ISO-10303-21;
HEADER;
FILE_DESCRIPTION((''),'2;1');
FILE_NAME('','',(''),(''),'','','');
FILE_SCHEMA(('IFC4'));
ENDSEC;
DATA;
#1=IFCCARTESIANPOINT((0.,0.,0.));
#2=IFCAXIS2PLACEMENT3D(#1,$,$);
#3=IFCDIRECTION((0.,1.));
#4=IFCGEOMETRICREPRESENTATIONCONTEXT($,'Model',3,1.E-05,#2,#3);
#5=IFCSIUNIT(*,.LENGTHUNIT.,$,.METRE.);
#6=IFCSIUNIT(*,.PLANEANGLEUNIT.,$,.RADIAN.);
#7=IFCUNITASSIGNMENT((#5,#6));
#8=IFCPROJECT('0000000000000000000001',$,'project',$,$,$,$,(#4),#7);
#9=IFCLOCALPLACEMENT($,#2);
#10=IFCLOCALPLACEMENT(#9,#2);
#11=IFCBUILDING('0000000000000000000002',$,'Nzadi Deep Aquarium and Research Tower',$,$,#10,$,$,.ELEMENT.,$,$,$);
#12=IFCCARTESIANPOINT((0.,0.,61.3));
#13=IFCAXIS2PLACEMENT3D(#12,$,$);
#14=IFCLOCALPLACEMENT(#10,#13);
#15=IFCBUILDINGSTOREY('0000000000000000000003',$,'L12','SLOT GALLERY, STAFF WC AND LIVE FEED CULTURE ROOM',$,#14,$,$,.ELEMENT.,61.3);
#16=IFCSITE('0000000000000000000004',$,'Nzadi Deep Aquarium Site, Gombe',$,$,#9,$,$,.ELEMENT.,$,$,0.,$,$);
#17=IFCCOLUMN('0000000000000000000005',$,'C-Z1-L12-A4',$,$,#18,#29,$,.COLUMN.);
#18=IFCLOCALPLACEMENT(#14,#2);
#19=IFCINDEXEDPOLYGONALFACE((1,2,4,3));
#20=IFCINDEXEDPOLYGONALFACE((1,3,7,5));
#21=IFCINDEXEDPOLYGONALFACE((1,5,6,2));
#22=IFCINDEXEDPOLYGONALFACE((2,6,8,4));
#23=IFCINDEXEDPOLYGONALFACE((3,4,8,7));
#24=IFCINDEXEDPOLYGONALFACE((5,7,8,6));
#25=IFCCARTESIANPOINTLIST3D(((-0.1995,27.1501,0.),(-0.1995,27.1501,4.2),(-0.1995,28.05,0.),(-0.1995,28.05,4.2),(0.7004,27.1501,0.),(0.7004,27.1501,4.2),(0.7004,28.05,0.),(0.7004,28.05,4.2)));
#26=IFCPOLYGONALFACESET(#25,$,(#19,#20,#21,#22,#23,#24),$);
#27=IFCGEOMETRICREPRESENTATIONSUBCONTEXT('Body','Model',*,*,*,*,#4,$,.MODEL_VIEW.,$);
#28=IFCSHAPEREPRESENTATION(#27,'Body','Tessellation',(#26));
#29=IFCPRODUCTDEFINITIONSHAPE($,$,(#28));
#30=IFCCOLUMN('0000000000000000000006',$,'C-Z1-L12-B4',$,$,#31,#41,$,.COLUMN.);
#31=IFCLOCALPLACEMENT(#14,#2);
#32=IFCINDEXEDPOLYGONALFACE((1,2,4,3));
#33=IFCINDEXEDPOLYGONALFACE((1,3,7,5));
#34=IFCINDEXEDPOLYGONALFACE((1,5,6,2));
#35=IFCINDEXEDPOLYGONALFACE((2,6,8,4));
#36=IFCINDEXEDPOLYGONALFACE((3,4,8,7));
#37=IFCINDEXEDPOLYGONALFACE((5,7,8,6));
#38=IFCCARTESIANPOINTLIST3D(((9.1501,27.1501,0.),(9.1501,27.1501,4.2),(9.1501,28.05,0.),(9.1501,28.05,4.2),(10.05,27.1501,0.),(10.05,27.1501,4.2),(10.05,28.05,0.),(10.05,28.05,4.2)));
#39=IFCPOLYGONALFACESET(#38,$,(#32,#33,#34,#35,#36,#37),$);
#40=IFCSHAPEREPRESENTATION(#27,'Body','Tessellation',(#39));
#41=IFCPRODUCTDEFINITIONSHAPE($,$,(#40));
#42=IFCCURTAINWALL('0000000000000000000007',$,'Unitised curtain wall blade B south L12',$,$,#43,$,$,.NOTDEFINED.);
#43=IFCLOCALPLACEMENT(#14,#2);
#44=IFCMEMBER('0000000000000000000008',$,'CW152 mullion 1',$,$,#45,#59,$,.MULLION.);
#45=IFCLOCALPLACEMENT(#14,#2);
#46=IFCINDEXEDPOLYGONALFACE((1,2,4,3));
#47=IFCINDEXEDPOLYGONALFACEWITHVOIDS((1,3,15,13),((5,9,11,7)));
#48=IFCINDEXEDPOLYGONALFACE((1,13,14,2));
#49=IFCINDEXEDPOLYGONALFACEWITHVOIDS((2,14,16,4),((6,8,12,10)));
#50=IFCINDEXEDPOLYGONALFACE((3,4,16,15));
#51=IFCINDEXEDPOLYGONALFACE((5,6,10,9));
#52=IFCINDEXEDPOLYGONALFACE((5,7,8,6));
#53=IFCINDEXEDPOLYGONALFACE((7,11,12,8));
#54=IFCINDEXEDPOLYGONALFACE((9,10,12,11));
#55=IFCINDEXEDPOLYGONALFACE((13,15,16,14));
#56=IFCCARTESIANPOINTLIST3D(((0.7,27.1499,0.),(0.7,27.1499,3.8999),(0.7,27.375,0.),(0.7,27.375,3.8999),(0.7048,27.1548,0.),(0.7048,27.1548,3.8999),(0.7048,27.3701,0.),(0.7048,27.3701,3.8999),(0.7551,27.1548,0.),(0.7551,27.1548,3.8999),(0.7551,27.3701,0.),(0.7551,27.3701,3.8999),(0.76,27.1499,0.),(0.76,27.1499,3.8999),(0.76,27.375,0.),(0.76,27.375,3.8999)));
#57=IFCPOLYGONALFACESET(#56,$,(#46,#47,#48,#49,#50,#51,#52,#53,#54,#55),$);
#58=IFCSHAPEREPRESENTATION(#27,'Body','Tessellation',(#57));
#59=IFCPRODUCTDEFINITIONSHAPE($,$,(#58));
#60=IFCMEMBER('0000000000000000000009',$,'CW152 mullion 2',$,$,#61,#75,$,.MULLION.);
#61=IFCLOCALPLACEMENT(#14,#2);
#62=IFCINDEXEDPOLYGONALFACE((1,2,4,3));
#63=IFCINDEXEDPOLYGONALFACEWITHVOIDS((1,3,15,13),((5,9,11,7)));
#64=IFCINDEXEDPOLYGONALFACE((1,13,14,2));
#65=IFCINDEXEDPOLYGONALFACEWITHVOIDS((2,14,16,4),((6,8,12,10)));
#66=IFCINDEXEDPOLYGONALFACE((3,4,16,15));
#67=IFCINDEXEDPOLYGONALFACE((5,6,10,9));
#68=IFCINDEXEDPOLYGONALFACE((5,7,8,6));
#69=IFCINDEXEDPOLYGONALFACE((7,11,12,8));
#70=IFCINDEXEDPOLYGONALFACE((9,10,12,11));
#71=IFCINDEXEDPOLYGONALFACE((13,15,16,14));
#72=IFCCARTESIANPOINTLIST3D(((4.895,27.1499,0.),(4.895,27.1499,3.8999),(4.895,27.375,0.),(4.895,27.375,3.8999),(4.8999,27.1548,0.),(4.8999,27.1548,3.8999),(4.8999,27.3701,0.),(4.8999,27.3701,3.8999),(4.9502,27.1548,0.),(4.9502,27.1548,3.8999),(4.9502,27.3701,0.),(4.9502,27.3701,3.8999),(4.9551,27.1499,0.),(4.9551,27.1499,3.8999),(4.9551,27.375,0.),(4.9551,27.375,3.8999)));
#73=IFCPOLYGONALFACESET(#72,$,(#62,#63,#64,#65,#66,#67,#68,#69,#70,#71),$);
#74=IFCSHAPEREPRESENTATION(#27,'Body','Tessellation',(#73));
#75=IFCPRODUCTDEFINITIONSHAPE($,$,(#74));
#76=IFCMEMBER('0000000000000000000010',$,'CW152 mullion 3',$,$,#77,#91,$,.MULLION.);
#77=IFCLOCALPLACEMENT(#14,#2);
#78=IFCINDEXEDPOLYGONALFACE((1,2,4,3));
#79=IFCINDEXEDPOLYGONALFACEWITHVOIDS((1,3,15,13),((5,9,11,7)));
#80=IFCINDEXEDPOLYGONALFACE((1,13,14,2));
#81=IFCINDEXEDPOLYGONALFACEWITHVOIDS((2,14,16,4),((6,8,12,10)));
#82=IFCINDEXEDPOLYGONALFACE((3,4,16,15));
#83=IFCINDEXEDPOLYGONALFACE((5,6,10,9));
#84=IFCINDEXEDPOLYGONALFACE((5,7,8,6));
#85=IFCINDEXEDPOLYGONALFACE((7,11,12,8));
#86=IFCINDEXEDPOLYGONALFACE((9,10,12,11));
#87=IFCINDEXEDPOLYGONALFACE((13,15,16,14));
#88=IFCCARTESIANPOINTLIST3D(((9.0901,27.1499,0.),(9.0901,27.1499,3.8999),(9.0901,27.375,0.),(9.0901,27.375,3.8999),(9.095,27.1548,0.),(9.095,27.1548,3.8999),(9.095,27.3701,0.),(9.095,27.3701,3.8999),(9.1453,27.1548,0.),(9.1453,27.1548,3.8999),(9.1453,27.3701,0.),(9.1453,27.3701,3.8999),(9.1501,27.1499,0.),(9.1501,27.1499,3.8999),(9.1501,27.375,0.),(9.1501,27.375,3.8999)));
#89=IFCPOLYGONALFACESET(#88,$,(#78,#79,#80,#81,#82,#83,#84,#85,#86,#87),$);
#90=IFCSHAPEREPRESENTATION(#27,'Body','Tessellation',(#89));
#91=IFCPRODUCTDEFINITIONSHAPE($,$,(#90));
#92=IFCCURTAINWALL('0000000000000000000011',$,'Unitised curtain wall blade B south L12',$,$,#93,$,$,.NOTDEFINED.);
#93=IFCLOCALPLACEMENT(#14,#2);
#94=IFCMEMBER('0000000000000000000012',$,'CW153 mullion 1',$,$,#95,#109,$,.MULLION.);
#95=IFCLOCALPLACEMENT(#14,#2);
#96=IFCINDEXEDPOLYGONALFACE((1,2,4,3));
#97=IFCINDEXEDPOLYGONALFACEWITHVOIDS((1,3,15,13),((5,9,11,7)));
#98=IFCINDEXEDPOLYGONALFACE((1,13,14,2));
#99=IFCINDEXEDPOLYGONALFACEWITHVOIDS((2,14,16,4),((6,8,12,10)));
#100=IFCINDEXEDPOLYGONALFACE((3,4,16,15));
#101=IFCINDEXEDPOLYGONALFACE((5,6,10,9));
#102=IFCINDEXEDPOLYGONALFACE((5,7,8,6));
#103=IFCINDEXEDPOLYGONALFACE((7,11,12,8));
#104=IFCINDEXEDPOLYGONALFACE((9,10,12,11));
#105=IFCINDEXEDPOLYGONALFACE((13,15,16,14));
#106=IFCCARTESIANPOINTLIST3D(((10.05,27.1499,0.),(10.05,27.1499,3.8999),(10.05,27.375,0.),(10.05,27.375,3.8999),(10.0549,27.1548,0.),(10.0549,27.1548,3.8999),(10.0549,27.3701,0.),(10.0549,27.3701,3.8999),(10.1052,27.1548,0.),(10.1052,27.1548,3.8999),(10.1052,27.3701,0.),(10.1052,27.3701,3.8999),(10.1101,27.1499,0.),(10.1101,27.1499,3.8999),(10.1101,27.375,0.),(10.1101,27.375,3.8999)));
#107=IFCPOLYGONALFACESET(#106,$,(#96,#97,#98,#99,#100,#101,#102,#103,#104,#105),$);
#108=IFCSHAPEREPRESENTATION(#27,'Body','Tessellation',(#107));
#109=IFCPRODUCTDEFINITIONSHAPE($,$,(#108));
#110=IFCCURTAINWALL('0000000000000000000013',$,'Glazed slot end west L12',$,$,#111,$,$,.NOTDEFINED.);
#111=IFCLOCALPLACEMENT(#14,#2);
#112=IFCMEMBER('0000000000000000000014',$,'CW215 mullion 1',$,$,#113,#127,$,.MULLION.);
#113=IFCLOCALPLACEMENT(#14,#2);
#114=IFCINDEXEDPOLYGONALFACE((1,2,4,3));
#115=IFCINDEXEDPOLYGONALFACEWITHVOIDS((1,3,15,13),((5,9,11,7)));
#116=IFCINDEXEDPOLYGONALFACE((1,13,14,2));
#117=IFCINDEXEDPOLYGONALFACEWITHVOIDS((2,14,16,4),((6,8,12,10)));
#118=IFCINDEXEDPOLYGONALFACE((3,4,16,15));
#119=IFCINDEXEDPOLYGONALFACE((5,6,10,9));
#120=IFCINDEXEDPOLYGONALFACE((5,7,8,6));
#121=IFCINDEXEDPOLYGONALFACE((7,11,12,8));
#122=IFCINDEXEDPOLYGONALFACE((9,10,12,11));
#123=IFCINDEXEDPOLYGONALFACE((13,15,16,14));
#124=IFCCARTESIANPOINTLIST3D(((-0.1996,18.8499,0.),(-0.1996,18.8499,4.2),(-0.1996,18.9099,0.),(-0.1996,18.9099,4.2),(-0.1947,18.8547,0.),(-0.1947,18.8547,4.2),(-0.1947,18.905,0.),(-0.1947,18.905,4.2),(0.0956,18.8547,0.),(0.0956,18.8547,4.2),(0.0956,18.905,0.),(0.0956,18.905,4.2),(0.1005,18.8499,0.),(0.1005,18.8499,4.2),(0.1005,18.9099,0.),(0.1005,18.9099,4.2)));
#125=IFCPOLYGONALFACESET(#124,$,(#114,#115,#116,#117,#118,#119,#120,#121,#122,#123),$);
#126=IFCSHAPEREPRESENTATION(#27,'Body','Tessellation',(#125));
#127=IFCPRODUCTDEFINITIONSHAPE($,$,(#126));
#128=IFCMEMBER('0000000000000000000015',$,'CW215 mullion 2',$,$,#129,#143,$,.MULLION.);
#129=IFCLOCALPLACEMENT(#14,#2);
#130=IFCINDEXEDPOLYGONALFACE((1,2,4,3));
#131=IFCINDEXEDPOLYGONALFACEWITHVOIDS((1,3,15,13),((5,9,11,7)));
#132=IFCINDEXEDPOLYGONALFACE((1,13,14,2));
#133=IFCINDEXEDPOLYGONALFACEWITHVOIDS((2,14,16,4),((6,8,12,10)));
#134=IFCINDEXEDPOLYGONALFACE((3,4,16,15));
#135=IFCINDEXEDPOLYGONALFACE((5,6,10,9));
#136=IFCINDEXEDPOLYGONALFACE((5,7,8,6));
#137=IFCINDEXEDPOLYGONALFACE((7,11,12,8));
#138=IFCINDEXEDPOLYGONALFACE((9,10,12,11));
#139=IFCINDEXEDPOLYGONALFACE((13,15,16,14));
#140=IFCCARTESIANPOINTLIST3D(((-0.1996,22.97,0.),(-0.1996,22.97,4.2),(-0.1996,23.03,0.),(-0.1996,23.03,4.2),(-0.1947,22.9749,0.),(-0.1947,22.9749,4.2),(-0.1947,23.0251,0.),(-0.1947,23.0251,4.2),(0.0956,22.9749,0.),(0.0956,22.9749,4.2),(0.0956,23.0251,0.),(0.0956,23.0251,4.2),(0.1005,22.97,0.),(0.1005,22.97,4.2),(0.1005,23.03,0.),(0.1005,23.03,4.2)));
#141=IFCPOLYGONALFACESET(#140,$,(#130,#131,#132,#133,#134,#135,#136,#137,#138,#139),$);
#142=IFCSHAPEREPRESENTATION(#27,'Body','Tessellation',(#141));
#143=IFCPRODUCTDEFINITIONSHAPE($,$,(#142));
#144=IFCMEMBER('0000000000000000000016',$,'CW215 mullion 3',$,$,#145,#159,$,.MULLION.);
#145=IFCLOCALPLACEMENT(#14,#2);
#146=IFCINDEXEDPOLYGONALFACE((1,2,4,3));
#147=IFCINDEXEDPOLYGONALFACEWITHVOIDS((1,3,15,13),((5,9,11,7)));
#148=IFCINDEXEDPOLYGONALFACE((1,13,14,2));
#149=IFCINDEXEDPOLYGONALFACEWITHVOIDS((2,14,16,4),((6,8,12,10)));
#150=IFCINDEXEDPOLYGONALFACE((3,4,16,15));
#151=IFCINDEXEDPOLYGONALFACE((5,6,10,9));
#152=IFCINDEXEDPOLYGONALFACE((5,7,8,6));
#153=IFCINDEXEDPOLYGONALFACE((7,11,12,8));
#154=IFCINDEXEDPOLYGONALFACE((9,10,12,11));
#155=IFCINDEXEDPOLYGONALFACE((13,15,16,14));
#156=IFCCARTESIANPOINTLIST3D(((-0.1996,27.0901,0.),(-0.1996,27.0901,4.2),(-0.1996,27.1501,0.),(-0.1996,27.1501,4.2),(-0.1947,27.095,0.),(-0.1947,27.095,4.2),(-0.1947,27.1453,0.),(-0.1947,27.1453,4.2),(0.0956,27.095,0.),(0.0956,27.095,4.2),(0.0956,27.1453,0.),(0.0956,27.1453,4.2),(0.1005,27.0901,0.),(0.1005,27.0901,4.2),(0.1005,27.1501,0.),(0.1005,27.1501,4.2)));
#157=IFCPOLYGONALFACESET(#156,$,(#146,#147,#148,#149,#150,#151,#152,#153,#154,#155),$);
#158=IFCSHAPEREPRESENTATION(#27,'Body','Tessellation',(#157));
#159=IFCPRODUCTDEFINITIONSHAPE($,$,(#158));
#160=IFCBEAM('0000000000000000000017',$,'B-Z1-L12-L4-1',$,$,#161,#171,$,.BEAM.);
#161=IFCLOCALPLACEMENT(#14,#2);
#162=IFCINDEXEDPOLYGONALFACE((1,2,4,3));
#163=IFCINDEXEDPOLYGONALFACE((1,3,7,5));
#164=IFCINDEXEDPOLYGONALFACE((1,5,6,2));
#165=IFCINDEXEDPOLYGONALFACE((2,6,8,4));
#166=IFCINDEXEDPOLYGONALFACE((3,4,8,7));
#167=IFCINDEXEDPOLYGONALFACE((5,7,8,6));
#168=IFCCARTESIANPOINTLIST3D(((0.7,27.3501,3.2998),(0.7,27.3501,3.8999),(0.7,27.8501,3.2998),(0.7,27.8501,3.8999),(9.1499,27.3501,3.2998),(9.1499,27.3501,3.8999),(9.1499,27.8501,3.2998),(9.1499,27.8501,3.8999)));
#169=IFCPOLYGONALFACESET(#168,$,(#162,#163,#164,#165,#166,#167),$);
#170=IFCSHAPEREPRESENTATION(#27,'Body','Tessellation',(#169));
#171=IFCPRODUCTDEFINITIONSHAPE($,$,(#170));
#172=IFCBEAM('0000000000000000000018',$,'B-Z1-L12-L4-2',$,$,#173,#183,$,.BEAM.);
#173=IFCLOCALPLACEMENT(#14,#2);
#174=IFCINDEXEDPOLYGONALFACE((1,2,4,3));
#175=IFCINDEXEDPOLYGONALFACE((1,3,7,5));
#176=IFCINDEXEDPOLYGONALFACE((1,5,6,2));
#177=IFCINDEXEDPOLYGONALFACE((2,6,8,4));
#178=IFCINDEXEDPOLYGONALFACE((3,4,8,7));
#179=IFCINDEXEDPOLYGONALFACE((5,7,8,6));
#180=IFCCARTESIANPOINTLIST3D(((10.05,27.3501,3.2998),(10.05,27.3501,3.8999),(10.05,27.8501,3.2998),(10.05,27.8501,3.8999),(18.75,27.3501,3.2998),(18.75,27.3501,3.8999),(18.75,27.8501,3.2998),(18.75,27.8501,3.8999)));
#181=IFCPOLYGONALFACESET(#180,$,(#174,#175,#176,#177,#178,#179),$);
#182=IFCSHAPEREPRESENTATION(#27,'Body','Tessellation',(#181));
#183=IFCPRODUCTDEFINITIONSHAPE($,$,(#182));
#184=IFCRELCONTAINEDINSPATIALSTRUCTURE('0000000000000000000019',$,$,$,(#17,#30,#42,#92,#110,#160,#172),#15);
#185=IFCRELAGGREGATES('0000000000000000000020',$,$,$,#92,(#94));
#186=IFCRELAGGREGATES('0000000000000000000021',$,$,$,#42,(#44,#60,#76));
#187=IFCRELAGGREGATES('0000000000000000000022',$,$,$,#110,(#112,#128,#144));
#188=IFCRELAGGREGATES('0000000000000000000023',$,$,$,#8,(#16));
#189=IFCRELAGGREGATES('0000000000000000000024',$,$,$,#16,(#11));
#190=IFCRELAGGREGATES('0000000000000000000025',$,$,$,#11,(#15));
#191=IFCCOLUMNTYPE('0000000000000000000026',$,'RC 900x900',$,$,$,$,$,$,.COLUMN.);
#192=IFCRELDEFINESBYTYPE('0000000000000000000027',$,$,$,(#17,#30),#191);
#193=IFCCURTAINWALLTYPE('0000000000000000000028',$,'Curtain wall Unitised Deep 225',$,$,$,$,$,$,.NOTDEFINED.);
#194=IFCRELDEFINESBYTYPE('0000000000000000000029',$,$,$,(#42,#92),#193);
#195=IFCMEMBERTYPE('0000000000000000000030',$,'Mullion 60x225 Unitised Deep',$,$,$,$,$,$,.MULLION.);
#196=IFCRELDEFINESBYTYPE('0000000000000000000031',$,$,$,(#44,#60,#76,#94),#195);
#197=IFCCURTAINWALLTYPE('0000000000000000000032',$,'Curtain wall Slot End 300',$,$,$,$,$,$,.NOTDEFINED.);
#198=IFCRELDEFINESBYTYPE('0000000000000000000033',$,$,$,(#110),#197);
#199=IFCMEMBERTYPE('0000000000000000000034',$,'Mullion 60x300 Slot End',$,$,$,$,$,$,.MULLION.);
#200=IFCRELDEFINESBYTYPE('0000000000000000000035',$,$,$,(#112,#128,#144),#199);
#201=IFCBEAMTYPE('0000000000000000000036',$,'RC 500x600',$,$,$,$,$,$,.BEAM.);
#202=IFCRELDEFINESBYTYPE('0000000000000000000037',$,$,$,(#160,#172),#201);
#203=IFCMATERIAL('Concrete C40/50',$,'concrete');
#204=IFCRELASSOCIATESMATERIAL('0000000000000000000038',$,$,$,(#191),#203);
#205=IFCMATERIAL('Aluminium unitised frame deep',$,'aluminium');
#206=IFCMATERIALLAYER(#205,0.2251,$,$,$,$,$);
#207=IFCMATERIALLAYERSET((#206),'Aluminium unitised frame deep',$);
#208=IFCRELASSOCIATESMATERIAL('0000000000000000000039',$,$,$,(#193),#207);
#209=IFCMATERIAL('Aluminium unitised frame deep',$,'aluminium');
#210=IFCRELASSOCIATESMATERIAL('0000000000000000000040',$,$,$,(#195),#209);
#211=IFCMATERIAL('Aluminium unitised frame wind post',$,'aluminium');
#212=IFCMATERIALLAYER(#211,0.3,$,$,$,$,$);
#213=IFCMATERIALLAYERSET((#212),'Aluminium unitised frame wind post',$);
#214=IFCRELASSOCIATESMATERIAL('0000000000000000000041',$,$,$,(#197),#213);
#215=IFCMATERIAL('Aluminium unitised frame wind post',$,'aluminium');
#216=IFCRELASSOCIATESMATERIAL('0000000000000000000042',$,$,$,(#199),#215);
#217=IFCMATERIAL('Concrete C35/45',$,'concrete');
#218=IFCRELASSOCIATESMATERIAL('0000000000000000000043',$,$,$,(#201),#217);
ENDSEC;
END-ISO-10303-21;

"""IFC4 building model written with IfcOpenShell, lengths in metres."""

from ifc_helpers import new_model, si_unit, direction, frame, origin, origin_2d, place, context, subcontext, project, spatial, rectangle, hollow_rectangle, extrude, material, layer, layer_set, material_profile, profile_set, type_object, element, aggregate, save


model = new_model("IFC4")

# Units and contexts
model_context = context("Model", 3, precision=1e-05, world=origin(), true_north=direction((0.0, 1.0)))
body_context = subcontext(model_context, "Body", "Model", "MODEL_VIEW")
ifc_project = project(units=[si_unit("LENGTHUNIT", "METRE"), si_unit("PLANEANGLEUNIT", "RADIAN")], contexts=[model_context])

# Site, building, storey
site_placement = place(None, origin())
site = spatial("IfcSite", under=ifc_project, at=site_placement, Name="Nzadi Deep Aquarium Site, Gombe", CompositionType="ELEMENT", RefElevation=0.0)
building_placement = place(site_placement, origin())
building = spatial("IfcBuilding", under=site, at=building_placement, Name="Nzadi Deep Aquarium and Research Tower", CompositionType="ELEMENT")
storey_placement = place(building_placement, frame((0.0, 0.0, 61.3)))
storey = spatial("IfcBuildingStorey", under=building, at=storey_placement, Name="L12", Description="SLOT GALLERY, STAFF WC AND LIVE FEED CULTURE ROOM", CompositionType="ELEMENT", Elevation=61.3)

# Columns
ifc_material_1 = material(Name="Concrete C40/50", Category="concrete")
ifc_material_profile_1 = material_profile(ifc_material_1, rectangle(XDim=0.8999, YDim=0.8999, at=origin_2d()))
ifc_profile_set_1 = profile_set([ifc_material_profile_1], Name="Concrete C40/50")
column_type = type_object("IfcColumnType", Name="RC 900x900", PredefinedType="COLUMN", material=ifc_profile_set_1)
for number, where, z_axis, x_axis, name in (
    (1, (0.2505, 27.6001, 0.0), (0.0, 0.0, 1.0), (1.0, 0.0, 0.0), "C-Z1-L12-A4"),
    (2, (9.6001, 27.6001, 0.0), (0.0, 0.0, 1.0), (1.0, 0.0, 0.0), "C-Z1-L12-B4"),
):
    element("IfcColumn", number, at=place(storey_placement, frame(where, z_axis=z_axis, x_axis=x_axis)), inside=storey, type_object=column_type, Name=name, PredefinedType="COLUMN", context=body_context, shape_type="SweptSolid", body=[
        extrude(rectangle(XDim=0.8999, YDim=0.8999, at=origin_2d()), origin(), (0.0, 0.0, 1.0), 4.2),
    ])

# Curtain wall, members
ifc_material_2 = material(Name="Aluminium unitised frame deep", Category="aluminium")
ifc_layer_1 = layer(ifc_material_2, 0.2251)
ifc_layer_set_1 = layer_set([ifc_layer_1], Name="Aluminium unitised frame deep")
curtain_wall_type_1 = type_object("IfcCurtainWallType", Name="Curtain wall Unitised Deep 225", PredefinedType="NOTDEFINED", material=ifc_layer_set_1)
curtain_wall_1_placement = place(storey_placement, origin())
curtain_wall_1 = element("IfcCurtainWall", 3, at=curtain_wall_1_placement, inside=storey, type_object=curtain_wall_type_1, Name="Unitised curtain wall blade B south L12", PredefinedType="NOTDEFINED")
ifc_material_3 = material(Name="Aluminium unitised frame deep", Category="aluminium")
ifc_material_profile_2 = material_profile(ifc_material_3, hollow_rectangle(XDim=0.2251, YDim=0.0601, WallThickness=0.0049, at=origin_2d()))
ifc_profile_set_2 = profile_set([ifc_material_profile_2], Name="Aluminium unitised frame deep")
member_type_1 = type_object("IfcMemberType", Name="Mullion 60x225 Unitised Deep", PredefinedType="MULLION", material=ifc_profile_set_2)
member_1_placement = place(storey_placement, frame((0.73, 27.2625, 0.0), z_axis=(0.0, 0.0, 1.0), x_axis=(0.0, 1.0, 0.0)))
member_1 = element("IfcMember", 4, at=member_1_placement, type_object=member_type_1, Name="CW152 mullion 1", PredefinedType="MULLION", context=body_context, shape_type="SweptSolid", body=[
    extrude(hollow_rectangle(XDim=0.2251, YDim=0.0601, WallThickness=0.0049, at=origin_2d()), origin(), (0.0, 0.0, 1.0), 3.8999),
])
member_2_placement = place(storey_placement, frame((4.925, 27.2625, 0.0), z_axis=(0.0, 0.0, 1.0), x_axis=(0.0, 1.0, 0.0)))
member_2 = element("IfcMember", 5, at=member_2_placement, type_object=member_type_1, Name="CW152 mullion 2", PredefinedType="MULLION", context=body_context, shape_type="SweptSolid", body=[
    extrude(hollow_rectangle(XDim=0.2251, YDim=0.0601, WallThickness=0.0049, at=origin_2d()), origin(), (0.0, 0.0, 1.0), 3.8999),
])
member_3_placement = place(storey_placement, frame((9.1201, 27.2625, 0.0), z_axis=(0.0, 0.0, 1.0), x_axis=(0.0, 1.0, 0.0)))
member_3 = element("IfcMember", 6, at=member_3_placement, type_object=member_type_1, Name="CW152 mullion 3", PredefinedType="MULLION", context=body_context, shape_type="SweptSolid", body=[
    extrude(hollow_rectangle(XDim=0.2251, YDim=0.0601, WallThickness=0.0049, at=origin_2d()), origin(), (0.0, 0.0, 1.0), 3.8999),
])

# Curtain wall, member
curtain_wall_2_placement = place(storey_placement, origin())
curtain_wall_2 = element("IfcCurtainWall", 7, at=curtain_wall_2_placement, inside=storey, type_object=curtain_wall_type_1, Name="Unitised curtain wall blade B south L12", PredefinedType="NOTDEFINED")
member_4_placement = place(storey_placement, frame((10.0801, 27.2625, 0.0), z_axis=(0.0, 0.0, 1.0), x_axis=(0.0, 1.0, 0.0)))
member_4 = element("IfcMember", 8, at=member_4_placement, type_object=member_type_1, Name="CW153 mullion 1", PredefinedType="MULLION", context=body_context, shape_type="SweptSolid", body=[
    extrude(hollow_rectangle(XDim=0.2251, YDim=0.0601, WallThickness=0.0049, at=origin_2d()), origin(), (0.0, 0.0, 1.0), 3.8999),
])
aggregate(curtain_wall_2, [member_4])

# Curtain wall, members
ifc_material_4 = material(Name="Aluminium unitised frame wind post", Category="aluminium")
ifc_layer_2 = layer(ifc_material_4, 0.3)
ifc_layer_set_2 = layer_set([ifc_layer_2], Name="Aluminium unitised frame wind post")
curtain_wall_type_2 = type_object("IfcCurtainWallType", Name="Curtain wall Slot End 300", PredefinedType="NOTDEFINED", material=ifc_layer_set_2)
curtain_wall_3_placement = place(storey_placement, origin())
curtain_wall_3 = element("IfcCurtainWall", 9, at=curtain_wall_3_placement, inside=storey, type_object=curtain_wall_type_2, Name="Glazed slot end west L12", PredefinedType="NOTDEFINED")
ifc_material_5 = material(Name="Aluminium unitised frame wind post", Category="aluminium")
ifc_material_profile_3 = material_profile(ifc_material_5, hollow_rectangle(XDim=0.3, YDim=0.0601, WallThickness=0.0049, at=origin_2d()))
ifc_profile_set_3 = profile_set([ifc_material_profile_3], Name="Aluminium unitised frame wind post")
member_type_2 = type_object("IfcMemberType", Name="Mullion 60x300 Slot End", PredefinedType="MULLION", material=ifc_profile_set_3)
member_5_placement = place(storey_placement, frame((-0.0496, 18.8799, 0.0), z_axis=(0.0, 0.0, 1.0), x_axis=(-1.0, 0.0, 0.0)))
member_5 = element("IfcMember", 10, at=member_5_placement, type_object=member_type_2, Name="CW215 mullion 1", PredefinedType="MULLION", context=body_context, shape_type="SweptSolid", body=[
    extrude(hollow_rectangle(XDim=0.3, YDim=0.0601, WallThickness=0.0049, at=origin_2d()), origin(), (0.0, 0.0, 1.0), 4.2),
])
member_6_placement = place(storey_placement, frame((-0.0496, 23.0, 0.0), z_axis=(0.0, 0.0, 1.0), x_axis=(-1.0, 0.0, 0.0)))
member_6 = element("IfcMember", 11, at=member_6_placement, type_object=member_type_2, Name="CW215 mullion 2", PredefinedType="MULLION", context=body_context, shape_type="SweptSolid", body=[
    extrude(hollow_rectangle(XDim=0.3, YDim=0.0601, WallThickness=0.0049, at=origin_2d()), origin(), (0.0, 0.0, 1.0), 4.2),
])
member_7_placement = place(storey_placement, frame((-0.0496, 27.1201, 0.0), z_axis=(0.0, 0.0, 1.0), x_axis=(-1.0, 0.0, 0.0)))
member_7 = element("IfcMember", 12, at=member_7_placement, type_object=member_type_2, Name="CW215 mullion 3", PredefinedType="MULLION", context=body_context, shape_type="SweptSolid", body=[
    extrude(hollow_rectangle(XDim=0.3, YDim=0.0601, WallThickness=0.0049, at=origin_2d()), origin(), (0.0, 0.0, 1.0), 4.2),
])

# Beams
ifc_material_6 = material(Name="Concrete C35/45", Category="concrete")
ifc_material_profile_4 = material_profile(ifc_material_6, rectangle(XDim=0.5, YDim=0.6001, at=origin_2d()))
ifc_profile_set_4 = profile_set([ifc_material_profile_4], Name="Concrete C35/45")
beam_type = type_object("IfcBeamType", Name="RC 500x600", PredefinedType="BEAM", material=ifc_profile_set_4)
beam_1_placement = place(storey_placement, frame((0.7, 27.6001, 3.5999), z_axis=(1.0, 0.0, 0.0), x_axis=(0.0, 1.0, 0.0)))
element("IfcBeam", 13, at=beam_1_placement, inside=storey, type_object=beam_type, Name="B-Z1-L12-L4-1", PredefinedType="BEAM", context=body_context, shape_type="SweptSolid", body=[
    extrude(rectangle(XDim=0.5, YDim=0.6001, at=origin_2d()), origin(), (0.0, 0.0, 1.0), 8.45),
])
beam_2_placement = place(storey_placement, frame((10.05, 27.6001, 3.5999), z_axis=(1.0, 0.0, 0.0), x_axis=(0.0, 1.0, 0.0)))
element("IfcBeam", 14, at=beam_2_placement, inside=storey, type_object=beam_type, Name="B-Z1-L12-L4-2", PredefinedType="BEAM", context=body_context, shape_type="SweptSolid", body=[
    extrude(rectangle(XDim=0.5, YDim=0.6001, at=origin_2d()), origin(), (0.0, 0.0, 1.0), 8.7),
])

aggregate(curtain_wall_1, [member_1, member_2, member_3])
aggregate(curtain_wall_3, [member_5, member_6, member_7])

save(model, "model.ifc")
